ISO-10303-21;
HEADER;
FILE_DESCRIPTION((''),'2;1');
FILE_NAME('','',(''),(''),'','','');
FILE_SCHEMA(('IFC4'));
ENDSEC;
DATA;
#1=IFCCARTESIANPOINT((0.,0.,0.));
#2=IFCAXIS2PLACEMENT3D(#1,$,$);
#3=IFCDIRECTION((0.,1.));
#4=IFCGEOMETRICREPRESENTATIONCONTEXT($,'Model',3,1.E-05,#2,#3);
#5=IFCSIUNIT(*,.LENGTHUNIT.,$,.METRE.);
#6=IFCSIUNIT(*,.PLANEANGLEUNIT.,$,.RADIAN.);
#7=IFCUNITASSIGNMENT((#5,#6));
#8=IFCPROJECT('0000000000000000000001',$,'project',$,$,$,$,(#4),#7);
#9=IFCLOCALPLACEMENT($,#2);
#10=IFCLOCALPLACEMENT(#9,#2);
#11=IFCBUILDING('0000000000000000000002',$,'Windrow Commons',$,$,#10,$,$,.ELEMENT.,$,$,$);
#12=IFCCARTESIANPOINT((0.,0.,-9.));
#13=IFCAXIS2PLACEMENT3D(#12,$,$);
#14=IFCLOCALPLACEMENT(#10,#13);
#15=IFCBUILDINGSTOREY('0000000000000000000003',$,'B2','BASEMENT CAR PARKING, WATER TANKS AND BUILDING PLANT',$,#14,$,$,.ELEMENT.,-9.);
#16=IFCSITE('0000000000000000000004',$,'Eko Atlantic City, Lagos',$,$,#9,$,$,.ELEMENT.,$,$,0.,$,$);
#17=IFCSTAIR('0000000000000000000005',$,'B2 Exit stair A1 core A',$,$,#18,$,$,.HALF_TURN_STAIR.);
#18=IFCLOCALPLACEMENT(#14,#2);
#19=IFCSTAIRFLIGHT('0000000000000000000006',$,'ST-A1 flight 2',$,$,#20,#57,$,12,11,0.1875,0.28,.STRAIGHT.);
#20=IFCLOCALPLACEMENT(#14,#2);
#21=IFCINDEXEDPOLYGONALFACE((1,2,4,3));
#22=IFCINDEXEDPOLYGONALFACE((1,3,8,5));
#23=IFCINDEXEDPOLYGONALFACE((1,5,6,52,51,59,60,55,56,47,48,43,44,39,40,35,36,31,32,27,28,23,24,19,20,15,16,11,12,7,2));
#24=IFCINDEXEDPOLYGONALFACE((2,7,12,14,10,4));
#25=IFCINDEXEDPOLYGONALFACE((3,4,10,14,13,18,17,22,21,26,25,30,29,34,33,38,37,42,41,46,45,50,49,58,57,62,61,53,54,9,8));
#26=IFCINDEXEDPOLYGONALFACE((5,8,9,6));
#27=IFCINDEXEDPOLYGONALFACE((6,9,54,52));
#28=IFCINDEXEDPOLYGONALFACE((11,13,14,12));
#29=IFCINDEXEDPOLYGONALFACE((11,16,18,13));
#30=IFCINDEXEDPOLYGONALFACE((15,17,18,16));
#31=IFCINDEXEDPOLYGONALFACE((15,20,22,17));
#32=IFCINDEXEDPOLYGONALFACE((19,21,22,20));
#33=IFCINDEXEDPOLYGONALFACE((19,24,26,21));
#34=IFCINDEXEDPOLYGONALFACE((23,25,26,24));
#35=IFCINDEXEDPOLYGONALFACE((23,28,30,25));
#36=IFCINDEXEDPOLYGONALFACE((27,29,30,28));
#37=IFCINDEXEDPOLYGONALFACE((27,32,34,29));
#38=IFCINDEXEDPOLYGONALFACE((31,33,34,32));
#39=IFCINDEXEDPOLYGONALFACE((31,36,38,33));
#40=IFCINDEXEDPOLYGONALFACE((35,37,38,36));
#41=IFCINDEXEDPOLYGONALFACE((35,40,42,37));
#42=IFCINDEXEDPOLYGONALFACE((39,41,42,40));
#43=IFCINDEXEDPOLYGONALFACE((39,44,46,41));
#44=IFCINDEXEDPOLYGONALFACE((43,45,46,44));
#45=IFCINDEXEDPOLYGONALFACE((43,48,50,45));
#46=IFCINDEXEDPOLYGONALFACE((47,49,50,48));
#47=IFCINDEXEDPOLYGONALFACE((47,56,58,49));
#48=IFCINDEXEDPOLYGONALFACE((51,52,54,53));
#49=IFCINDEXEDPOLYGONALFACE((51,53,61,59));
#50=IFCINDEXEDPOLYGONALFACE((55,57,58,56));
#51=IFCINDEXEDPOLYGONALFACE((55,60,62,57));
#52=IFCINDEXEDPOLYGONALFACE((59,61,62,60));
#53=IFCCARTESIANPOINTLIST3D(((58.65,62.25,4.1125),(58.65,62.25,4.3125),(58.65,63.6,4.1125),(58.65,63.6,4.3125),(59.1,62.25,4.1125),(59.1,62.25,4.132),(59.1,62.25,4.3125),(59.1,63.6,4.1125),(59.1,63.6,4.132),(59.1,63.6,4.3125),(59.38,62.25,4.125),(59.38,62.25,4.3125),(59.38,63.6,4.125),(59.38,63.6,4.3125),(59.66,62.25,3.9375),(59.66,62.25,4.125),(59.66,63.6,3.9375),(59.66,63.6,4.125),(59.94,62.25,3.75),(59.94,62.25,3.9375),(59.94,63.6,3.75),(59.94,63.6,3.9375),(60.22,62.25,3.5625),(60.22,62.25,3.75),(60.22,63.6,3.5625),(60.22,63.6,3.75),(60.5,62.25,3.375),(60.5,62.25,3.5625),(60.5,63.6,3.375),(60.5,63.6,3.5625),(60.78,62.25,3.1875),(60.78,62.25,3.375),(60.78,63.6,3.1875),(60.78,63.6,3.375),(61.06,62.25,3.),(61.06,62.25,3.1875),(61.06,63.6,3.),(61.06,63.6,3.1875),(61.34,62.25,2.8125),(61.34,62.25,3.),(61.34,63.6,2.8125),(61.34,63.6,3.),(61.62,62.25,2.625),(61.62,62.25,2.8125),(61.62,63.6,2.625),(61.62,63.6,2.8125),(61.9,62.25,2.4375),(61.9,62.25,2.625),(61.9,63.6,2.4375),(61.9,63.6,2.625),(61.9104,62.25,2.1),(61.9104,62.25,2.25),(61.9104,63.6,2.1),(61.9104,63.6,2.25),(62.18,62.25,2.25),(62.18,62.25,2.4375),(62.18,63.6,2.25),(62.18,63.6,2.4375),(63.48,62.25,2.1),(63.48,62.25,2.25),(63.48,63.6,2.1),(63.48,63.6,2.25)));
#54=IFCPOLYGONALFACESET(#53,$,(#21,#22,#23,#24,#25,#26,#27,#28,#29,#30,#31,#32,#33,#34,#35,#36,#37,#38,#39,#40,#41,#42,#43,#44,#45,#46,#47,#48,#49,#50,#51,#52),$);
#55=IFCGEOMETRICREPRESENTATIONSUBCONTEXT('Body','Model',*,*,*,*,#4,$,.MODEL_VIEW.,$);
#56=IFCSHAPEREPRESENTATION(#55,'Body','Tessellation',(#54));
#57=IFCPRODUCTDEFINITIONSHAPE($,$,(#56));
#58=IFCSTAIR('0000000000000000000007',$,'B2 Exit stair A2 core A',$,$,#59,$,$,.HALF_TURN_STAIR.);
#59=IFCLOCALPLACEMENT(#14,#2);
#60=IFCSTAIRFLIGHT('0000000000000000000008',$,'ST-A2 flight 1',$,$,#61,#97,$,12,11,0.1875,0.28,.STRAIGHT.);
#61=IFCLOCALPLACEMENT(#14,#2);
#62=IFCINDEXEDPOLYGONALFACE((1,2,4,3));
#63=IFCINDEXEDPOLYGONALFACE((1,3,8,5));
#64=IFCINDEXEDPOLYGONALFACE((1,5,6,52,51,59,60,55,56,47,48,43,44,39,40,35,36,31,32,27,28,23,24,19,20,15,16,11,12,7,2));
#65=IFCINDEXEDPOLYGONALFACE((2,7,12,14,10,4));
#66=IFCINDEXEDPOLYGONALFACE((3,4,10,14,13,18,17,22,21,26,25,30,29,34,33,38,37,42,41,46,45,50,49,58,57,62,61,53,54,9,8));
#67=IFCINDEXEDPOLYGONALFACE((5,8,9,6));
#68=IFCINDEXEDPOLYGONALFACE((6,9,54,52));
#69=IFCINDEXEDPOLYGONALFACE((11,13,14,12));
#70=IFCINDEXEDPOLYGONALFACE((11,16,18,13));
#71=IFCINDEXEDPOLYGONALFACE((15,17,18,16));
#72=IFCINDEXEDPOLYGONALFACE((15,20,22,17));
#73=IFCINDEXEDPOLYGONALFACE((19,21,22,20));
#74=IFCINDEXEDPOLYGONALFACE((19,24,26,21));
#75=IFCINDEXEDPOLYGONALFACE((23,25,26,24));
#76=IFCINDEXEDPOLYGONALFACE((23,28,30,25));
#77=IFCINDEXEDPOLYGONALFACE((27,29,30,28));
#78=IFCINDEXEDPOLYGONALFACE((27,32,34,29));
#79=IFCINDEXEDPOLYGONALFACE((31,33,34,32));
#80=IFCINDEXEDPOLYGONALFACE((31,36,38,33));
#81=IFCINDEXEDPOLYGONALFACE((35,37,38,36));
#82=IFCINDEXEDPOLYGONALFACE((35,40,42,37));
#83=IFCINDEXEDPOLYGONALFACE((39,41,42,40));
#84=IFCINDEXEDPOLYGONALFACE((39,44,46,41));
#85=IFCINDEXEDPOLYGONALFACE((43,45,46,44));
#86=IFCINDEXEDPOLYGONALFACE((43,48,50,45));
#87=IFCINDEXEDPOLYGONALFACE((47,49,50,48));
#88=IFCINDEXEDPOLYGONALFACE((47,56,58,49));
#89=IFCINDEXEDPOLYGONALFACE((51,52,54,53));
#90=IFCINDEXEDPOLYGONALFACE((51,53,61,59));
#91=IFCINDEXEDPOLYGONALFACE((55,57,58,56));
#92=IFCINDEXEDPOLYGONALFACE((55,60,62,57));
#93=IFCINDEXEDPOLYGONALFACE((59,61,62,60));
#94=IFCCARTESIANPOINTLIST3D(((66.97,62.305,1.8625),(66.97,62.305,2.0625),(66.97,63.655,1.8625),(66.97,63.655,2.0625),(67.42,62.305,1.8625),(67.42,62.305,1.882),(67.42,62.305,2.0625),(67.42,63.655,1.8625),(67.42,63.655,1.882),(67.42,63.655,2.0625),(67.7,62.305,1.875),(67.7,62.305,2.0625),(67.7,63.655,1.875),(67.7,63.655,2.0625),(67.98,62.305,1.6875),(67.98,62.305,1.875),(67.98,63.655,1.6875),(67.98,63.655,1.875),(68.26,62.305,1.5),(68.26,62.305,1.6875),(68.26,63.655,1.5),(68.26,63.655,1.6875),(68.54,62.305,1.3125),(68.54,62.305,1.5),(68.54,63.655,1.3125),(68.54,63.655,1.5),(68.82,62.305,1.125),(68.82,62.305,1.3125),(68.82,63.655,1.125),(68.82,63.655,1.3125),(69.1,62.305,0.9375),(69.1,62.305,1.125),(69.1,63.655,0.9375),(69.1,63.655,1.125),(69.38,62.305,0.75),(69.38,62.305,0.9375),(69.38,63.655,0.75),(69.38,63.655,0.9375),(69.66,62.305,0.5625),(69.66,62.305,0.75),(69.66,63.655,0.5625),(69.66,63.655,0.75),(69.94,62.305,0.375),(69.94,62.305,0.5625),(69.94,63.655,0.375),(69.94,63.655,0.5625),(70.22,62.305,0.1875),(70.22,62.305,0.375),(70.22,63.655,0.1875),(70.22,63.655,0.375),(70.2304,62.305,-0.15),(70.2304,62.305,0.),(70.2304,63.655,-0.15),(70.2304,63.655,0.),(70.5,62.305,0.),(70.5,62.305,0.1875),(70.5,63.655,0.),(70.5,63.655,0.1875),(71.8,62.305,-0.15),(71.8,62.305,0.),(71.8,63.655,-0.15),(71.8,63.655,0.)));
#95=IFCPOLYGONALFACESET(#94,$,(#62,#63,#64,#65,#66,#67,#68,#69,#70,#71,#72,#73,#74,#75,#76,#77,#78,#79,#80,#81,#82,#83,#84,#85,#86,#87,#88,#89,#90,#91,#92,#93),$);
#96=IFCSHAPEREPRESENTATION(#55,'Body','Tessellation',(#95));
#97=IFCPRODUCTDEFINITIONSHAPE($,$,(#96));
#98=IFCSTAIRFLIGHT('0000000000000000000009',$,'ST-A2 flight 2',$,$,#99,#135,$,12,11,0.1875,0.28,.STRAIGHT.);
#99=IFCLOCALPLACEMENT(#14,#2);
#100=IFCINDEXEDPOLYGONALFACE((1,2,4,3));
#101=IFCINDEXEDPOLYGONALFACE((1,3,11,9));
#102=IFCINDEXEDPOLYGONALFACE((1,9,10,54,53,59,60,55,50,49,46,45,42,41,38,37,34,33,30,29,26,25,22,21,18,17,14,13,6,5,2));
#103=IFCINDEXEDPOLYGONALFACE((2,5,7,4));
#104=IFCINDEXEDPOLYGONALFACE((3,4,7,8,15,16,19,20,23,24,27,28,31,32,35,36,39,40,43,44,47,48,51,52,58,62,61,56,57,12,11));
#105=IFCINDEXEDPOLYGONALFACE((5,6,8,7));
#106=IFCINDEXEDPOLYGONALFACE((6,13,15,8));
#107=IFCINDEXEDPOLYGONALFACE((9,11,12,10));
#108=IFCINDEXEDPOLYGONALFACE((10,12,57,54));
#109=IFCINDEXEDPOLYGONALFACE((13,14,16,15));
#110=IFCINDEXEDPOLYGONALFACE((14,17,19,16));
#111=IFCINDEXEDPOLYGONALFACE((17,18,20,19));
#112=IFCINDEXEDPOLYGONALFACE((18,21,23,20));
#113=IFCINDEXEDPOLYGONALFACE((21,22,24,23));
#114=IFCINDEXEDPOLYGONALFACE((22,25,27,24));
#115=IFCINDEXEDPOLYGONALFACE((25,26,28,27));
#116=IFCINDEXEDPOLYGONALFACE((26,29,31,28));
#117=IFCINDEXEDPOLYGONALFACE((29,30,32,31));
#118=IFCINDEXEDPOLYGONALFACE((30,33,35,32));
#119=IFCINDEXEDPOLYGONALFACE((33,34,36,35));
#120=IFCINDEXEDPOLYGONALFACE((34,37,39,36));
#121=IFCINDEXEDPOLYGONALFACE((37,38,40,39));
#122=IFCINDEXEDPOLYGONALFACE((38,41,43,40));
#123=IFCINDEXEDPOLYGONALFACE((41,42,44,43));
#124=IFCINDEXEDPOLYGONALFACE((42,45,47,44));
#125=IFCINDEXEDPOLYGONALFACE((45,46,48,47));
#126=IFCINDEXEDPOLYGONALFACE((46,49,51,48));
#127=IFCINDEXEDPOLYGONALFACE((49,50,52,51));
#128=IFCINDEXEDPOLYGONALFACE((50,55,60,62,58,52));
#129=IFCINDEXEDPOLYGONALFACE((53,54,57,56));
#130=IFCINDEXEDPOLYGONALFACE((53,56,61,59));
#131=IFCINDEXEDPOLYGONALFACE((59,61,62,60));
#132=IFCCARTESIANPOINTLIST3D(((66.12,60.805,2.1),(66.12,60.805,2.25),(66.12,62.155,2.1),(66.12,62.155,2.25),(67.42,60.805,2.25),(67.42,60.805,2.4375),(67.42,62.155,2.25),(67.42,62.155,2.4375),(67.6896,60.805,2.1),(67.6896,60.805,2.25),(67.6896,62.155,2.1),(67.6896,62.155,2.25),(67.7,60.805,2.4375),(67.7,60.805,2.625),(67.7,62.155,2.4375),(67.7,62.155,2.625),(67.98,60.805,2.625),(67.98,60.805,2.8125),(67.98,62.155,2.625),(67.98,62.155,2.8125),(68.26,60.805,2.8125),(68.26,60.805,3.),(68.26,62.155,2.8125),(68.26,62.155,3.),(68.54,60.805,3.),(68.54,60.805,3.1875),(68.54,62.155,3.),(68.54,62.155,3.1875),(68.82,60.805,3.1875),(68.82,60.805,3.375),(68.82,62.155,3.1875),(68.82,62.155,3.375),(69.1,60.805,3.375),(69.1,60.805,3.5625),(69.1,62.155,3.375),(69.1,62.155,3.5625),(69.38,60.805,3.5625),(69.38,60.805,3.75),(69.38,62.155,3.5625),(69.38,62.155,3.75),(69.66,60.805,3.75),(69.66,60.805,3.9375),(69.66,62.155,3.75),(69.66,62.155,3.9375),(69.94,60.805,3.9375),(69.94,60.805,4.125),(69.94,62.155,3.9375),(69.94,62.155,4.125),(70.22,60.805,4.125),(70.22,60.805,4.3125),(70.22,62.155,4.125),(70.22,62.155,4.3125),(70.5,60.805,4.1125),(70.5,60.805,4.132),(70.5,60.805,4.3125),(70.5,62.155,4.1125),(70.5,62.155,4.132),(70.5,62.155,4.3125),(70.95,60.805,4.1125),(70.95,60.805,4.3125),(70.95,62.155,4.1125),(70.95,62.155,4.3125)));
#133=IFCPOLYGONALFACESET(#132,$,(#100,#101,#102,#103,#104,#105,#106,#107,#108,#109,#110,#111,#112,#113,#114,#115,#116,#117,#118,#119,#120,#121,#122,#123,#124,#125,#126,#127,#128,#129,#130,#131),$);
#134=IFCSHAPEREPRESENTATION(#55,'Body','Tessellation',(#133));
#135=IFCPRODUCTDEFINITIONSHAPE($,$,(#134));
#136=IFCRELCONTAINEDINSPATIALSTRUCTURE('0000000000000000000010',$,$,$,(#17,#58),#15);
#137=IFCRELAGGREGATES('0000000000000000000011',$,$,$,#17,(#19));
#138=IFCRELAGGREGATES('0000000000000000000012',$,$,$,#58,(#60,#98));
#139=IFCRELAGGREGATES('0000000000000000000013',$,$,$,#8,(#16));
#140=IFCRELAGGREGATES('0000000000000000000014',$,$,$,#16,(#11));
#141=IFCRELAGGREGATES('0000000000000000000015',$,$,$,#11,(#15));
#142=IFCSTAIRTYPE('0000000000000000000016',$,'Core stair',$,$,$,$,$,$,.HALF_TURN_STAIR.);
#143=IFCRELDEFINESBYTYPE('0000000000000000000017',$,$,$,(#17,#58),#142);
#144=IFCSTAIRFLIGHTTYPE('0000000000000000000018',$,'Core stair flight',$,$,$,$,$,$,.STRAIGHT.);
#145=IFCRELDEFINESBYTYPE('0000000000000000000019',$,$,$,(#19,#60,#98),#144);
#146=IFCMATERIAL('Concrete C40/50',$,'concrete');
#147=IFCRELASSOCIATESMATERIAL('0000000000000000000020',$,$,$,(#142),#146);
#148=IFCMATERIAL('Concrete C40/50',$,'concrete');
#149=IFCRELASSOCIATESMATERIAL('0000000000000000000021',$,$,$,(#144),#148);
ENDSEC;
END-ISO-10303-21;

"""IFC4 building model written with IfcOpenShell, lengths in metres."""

from ifc_helpers import new_model, si_unit, direction, frame, origin, place, context, subcontext, project, spatial, polyline, outline, extrude, material, type_object, element, aggregate, save


model = new_model("IFC4")

# Units and contexts
model_context = context("Model", 3, precision=1e-05, world=origin(), true_north=direction((0.0, 1.0)))
body_context = subcontext(model_context, "Body", "Model", "MODEL_VIEW")
ifc_project = project(units=[si_unit("LENGTHUNIT", "METRE"), si_unit("PLANEANGLEUNIT", "RADIAN")], contexts=[model_context])

# Site, building, storey
site_placement = place(None, origin())
site = spatial("IfcSite", under=ifc_project, at=site_placement, Name="Eko Atlantic City, Lagos", CompositionType="ELEMENT", RefElevation=0.0)
building_placement = place(site_placement, origin())
building = spatial("IfcBuilding", under=site, at=building_placement, Name="Windrow Commons", CompositionType="ELEMENT")
storey_placement = place(building_placement, frame((0.0, 0.0, -9.0)))
storey = spatial("IfcBuildingStorey", under=building, at=storey_placement, Name="B2", Description="BASEMENT CAR PARKING, WATER TANKS AND BUILDING PLANT", CompositionType="ELEMENT", Elevation=-9.0)

# Stair, stair flight
ifc_material_1 = material(Name="Concrete C40/50", Category="concrete")
stair_type = type_object("IfcStairType", Name="Core stair", PredefinedType="HALF_TURN_STAIR", material=ifc_material_1)
placement = place(storey_placement, origin())
stair_1 = element("IfcStair", 1, at=placement, inside=storey, type_object=stair_type, Name="B2 Exit stair A1 core A", PredefinedType="HALF_TURN_STAIR")
ifc_material_2 = material(Name="Concrete C40/50", Category="concrete")
stair_flight_type = type_object("IfcStairFlightType", Name="Core stair flight", PredefinedType="STRAIGHT", material=ifc_material_2)
stair_flight_1_placement = place(storey_placement, frame((62.18, 62.925, 2.25), z_axis=(0.0, 0.0, 1.0), x_axis=(-1.0, 0.0, 0.0)))
stair_flight_1 = element("IfcStairFlight", 2, at=stair_flight_1_placement, type_object=stair_flight_type, Name="ST-A1 flight 2", NumberOfRisers=12, NumberOfTreads=11, PredefinedType="STRAIGHT", RiserHeight=0.1875, TreadLength=0.28, context=body_context, shape_type="SweptSolid", body=[
    extrude(outline(polyline([(-1.3, -0.15), (-1.3, 0.0), (0.0, 0.0), (0.0, 0.1875), (0.28, 0.1875), (0.28, 0.375), (0.56, 0.375), (0.56, 0.5625), (0.84, 0.5625), (0.84, 0.75), (1.12, 0.75), (1.12, 0.9375), (1.4, 0.9375), (1.4, 1.125), (1.68, 1.125), (1.68, 1.3125), (1.96, 1.3125), (1.96, 1.5), (2.24, 1.5), (2.24, 1.6875), (2.52, 1.6875), (2.52, 1.875), (2.8, 1.875), (2.8, 2.0625), (3.08, 2.0625), (3.53, 2.0625), (3.53, 1.8625), (3.08, 1.8625), (3.08, 1.882), (0.2696, 0.0), (0.2696, -0.15), (-1.3, -0.15)])), frame((0.0, 0.675, 0.0), z_axis=(0.0, -1.0, 0.0), x_axis=(1.0, 0.0, 0.0)), (0.0, 0.0, 1.0), 1.35),
])
aggregate(stair_1, [stair_flight_1])

# Stair, stair flights
stair_2 = element("IfcStair", 3, at=placement, inside=storey, type_object=stair_type, Name="B2 Exit stair A2 core A", PredefinedType="HALF_TURN_STAIR")
stair_flight_2_placement = place(storey_placement, frame((70.5, 62.98, 0.0), z_axis=(0.0, 0.0, 1.0), x_axis=(-1.0, 0.0, 0.0)))
stair_flight_2 = element("IfcStairFlight", 4, at=stair_flight_2_placement, type_object=stair_flight_type, Name="ST-A2 flight 1", NumberOfRisers=12, NumberOfTreads=11, PredefinedType="STRAIGHT", RiserHeight=0.1875, TreadLength=0.28, context=body_context, shape_type="SweptSolid", body=[
    extrude(outline(polyline([(-1.3, -0.15), (-1.3, 0.0), (0.0, 0.0), (0.0, 0.1875), (0.28, 0.1875), (0.28, 0.375), (0.56, 0.375), (0.56, 0.5625), (0.84, 0.5625), (0.84, 0.75), (1.12, 0.75), (1.12, 0.9375), (1.4, 0.9375), (1.4, 1.125), (1.68, 1.125), (1.68, 1.3125), (1.96, 1.3125), (1.96, 1.5), (2.24, 1.5), (2.24, 1.6875), (2.52, 1.6875), (2.52, 1.875), (2.8, 1.875), (2.8, 2.0625), (3.08, 2.0625), (3.53, 2.0625), (3.53, 1.8625), (3.08, 1.8625), (3.08, 1.882), (0.2696, 0.0), (0.2696, -0.15), (-1.3, -0.15)])), frame((0.0, 0.675, 0.0), z_axis=(0.0, -1.0, 0.0), x_axis=(1.0, 0.0, 0.0)), (0.0, 0.0, 1.0), 1.35),
])
stair_flight_3_placement = place(storey_placement, frame((67.42, 61.48, 2.25), z_axis=(0.0, 0.0, 1.0), x_axis=(1.0, 0.0, 0.0)))
stair_flight_3 = element("IfcStairFlight", 5, at=stair_flight_3_placement, type_object=stair_flight_type, Name="ST-A2 flight 2", NumberOfRisers=12, NumberOfTreads=11, PredefinedType="STRAIGHT", RiserHeight=0.1875, TreadLength=0.28, context=body_context, shape_type="SweptSolid", body=[
    extrude(outline(polyline([(-1.3, -0.15), (-1.3, 0.0), (0.0, 0.0), (0.0, 0.1875), (0.28, 0.1875), (0.28, 0.375), (0.56, 0.375), (0.56, 0.5625), (0.84, 0.5625), (0.84, 0.75), (1.12, 0.75), (1.12, 0.9375), (1.4, 0.9375), (1.4, 1.125), (1.68, 1.125), (1.68, 1.3125), (1.96, 1.3125), (1.96, 1.5), (2.24, 1.5), (2.24, 1.6875), (2.52, 1.6875), (2.52, 1.875), (2.8, 1.875), (2.8, 2.0625), (3.08, 2.0625), (3.53, 2.0625), (3.53, 1.8625), (3.08, 1.8625), (3.08, 1.882), (0.2696, 0.0), (0.2696, -0.15), (-1.3, -0.15)])), frame((0.0, 0.675, 0.0), z_axis=(0.0, -1.0, 0.0), x_axis=(1.0, 0.0, 0.0)), (0.0, 0.0, 1.0), 1.35),
])
aggregate(stair_2, [stair_flight_2, stair_flight_3])

save(model, "model.ifc")
